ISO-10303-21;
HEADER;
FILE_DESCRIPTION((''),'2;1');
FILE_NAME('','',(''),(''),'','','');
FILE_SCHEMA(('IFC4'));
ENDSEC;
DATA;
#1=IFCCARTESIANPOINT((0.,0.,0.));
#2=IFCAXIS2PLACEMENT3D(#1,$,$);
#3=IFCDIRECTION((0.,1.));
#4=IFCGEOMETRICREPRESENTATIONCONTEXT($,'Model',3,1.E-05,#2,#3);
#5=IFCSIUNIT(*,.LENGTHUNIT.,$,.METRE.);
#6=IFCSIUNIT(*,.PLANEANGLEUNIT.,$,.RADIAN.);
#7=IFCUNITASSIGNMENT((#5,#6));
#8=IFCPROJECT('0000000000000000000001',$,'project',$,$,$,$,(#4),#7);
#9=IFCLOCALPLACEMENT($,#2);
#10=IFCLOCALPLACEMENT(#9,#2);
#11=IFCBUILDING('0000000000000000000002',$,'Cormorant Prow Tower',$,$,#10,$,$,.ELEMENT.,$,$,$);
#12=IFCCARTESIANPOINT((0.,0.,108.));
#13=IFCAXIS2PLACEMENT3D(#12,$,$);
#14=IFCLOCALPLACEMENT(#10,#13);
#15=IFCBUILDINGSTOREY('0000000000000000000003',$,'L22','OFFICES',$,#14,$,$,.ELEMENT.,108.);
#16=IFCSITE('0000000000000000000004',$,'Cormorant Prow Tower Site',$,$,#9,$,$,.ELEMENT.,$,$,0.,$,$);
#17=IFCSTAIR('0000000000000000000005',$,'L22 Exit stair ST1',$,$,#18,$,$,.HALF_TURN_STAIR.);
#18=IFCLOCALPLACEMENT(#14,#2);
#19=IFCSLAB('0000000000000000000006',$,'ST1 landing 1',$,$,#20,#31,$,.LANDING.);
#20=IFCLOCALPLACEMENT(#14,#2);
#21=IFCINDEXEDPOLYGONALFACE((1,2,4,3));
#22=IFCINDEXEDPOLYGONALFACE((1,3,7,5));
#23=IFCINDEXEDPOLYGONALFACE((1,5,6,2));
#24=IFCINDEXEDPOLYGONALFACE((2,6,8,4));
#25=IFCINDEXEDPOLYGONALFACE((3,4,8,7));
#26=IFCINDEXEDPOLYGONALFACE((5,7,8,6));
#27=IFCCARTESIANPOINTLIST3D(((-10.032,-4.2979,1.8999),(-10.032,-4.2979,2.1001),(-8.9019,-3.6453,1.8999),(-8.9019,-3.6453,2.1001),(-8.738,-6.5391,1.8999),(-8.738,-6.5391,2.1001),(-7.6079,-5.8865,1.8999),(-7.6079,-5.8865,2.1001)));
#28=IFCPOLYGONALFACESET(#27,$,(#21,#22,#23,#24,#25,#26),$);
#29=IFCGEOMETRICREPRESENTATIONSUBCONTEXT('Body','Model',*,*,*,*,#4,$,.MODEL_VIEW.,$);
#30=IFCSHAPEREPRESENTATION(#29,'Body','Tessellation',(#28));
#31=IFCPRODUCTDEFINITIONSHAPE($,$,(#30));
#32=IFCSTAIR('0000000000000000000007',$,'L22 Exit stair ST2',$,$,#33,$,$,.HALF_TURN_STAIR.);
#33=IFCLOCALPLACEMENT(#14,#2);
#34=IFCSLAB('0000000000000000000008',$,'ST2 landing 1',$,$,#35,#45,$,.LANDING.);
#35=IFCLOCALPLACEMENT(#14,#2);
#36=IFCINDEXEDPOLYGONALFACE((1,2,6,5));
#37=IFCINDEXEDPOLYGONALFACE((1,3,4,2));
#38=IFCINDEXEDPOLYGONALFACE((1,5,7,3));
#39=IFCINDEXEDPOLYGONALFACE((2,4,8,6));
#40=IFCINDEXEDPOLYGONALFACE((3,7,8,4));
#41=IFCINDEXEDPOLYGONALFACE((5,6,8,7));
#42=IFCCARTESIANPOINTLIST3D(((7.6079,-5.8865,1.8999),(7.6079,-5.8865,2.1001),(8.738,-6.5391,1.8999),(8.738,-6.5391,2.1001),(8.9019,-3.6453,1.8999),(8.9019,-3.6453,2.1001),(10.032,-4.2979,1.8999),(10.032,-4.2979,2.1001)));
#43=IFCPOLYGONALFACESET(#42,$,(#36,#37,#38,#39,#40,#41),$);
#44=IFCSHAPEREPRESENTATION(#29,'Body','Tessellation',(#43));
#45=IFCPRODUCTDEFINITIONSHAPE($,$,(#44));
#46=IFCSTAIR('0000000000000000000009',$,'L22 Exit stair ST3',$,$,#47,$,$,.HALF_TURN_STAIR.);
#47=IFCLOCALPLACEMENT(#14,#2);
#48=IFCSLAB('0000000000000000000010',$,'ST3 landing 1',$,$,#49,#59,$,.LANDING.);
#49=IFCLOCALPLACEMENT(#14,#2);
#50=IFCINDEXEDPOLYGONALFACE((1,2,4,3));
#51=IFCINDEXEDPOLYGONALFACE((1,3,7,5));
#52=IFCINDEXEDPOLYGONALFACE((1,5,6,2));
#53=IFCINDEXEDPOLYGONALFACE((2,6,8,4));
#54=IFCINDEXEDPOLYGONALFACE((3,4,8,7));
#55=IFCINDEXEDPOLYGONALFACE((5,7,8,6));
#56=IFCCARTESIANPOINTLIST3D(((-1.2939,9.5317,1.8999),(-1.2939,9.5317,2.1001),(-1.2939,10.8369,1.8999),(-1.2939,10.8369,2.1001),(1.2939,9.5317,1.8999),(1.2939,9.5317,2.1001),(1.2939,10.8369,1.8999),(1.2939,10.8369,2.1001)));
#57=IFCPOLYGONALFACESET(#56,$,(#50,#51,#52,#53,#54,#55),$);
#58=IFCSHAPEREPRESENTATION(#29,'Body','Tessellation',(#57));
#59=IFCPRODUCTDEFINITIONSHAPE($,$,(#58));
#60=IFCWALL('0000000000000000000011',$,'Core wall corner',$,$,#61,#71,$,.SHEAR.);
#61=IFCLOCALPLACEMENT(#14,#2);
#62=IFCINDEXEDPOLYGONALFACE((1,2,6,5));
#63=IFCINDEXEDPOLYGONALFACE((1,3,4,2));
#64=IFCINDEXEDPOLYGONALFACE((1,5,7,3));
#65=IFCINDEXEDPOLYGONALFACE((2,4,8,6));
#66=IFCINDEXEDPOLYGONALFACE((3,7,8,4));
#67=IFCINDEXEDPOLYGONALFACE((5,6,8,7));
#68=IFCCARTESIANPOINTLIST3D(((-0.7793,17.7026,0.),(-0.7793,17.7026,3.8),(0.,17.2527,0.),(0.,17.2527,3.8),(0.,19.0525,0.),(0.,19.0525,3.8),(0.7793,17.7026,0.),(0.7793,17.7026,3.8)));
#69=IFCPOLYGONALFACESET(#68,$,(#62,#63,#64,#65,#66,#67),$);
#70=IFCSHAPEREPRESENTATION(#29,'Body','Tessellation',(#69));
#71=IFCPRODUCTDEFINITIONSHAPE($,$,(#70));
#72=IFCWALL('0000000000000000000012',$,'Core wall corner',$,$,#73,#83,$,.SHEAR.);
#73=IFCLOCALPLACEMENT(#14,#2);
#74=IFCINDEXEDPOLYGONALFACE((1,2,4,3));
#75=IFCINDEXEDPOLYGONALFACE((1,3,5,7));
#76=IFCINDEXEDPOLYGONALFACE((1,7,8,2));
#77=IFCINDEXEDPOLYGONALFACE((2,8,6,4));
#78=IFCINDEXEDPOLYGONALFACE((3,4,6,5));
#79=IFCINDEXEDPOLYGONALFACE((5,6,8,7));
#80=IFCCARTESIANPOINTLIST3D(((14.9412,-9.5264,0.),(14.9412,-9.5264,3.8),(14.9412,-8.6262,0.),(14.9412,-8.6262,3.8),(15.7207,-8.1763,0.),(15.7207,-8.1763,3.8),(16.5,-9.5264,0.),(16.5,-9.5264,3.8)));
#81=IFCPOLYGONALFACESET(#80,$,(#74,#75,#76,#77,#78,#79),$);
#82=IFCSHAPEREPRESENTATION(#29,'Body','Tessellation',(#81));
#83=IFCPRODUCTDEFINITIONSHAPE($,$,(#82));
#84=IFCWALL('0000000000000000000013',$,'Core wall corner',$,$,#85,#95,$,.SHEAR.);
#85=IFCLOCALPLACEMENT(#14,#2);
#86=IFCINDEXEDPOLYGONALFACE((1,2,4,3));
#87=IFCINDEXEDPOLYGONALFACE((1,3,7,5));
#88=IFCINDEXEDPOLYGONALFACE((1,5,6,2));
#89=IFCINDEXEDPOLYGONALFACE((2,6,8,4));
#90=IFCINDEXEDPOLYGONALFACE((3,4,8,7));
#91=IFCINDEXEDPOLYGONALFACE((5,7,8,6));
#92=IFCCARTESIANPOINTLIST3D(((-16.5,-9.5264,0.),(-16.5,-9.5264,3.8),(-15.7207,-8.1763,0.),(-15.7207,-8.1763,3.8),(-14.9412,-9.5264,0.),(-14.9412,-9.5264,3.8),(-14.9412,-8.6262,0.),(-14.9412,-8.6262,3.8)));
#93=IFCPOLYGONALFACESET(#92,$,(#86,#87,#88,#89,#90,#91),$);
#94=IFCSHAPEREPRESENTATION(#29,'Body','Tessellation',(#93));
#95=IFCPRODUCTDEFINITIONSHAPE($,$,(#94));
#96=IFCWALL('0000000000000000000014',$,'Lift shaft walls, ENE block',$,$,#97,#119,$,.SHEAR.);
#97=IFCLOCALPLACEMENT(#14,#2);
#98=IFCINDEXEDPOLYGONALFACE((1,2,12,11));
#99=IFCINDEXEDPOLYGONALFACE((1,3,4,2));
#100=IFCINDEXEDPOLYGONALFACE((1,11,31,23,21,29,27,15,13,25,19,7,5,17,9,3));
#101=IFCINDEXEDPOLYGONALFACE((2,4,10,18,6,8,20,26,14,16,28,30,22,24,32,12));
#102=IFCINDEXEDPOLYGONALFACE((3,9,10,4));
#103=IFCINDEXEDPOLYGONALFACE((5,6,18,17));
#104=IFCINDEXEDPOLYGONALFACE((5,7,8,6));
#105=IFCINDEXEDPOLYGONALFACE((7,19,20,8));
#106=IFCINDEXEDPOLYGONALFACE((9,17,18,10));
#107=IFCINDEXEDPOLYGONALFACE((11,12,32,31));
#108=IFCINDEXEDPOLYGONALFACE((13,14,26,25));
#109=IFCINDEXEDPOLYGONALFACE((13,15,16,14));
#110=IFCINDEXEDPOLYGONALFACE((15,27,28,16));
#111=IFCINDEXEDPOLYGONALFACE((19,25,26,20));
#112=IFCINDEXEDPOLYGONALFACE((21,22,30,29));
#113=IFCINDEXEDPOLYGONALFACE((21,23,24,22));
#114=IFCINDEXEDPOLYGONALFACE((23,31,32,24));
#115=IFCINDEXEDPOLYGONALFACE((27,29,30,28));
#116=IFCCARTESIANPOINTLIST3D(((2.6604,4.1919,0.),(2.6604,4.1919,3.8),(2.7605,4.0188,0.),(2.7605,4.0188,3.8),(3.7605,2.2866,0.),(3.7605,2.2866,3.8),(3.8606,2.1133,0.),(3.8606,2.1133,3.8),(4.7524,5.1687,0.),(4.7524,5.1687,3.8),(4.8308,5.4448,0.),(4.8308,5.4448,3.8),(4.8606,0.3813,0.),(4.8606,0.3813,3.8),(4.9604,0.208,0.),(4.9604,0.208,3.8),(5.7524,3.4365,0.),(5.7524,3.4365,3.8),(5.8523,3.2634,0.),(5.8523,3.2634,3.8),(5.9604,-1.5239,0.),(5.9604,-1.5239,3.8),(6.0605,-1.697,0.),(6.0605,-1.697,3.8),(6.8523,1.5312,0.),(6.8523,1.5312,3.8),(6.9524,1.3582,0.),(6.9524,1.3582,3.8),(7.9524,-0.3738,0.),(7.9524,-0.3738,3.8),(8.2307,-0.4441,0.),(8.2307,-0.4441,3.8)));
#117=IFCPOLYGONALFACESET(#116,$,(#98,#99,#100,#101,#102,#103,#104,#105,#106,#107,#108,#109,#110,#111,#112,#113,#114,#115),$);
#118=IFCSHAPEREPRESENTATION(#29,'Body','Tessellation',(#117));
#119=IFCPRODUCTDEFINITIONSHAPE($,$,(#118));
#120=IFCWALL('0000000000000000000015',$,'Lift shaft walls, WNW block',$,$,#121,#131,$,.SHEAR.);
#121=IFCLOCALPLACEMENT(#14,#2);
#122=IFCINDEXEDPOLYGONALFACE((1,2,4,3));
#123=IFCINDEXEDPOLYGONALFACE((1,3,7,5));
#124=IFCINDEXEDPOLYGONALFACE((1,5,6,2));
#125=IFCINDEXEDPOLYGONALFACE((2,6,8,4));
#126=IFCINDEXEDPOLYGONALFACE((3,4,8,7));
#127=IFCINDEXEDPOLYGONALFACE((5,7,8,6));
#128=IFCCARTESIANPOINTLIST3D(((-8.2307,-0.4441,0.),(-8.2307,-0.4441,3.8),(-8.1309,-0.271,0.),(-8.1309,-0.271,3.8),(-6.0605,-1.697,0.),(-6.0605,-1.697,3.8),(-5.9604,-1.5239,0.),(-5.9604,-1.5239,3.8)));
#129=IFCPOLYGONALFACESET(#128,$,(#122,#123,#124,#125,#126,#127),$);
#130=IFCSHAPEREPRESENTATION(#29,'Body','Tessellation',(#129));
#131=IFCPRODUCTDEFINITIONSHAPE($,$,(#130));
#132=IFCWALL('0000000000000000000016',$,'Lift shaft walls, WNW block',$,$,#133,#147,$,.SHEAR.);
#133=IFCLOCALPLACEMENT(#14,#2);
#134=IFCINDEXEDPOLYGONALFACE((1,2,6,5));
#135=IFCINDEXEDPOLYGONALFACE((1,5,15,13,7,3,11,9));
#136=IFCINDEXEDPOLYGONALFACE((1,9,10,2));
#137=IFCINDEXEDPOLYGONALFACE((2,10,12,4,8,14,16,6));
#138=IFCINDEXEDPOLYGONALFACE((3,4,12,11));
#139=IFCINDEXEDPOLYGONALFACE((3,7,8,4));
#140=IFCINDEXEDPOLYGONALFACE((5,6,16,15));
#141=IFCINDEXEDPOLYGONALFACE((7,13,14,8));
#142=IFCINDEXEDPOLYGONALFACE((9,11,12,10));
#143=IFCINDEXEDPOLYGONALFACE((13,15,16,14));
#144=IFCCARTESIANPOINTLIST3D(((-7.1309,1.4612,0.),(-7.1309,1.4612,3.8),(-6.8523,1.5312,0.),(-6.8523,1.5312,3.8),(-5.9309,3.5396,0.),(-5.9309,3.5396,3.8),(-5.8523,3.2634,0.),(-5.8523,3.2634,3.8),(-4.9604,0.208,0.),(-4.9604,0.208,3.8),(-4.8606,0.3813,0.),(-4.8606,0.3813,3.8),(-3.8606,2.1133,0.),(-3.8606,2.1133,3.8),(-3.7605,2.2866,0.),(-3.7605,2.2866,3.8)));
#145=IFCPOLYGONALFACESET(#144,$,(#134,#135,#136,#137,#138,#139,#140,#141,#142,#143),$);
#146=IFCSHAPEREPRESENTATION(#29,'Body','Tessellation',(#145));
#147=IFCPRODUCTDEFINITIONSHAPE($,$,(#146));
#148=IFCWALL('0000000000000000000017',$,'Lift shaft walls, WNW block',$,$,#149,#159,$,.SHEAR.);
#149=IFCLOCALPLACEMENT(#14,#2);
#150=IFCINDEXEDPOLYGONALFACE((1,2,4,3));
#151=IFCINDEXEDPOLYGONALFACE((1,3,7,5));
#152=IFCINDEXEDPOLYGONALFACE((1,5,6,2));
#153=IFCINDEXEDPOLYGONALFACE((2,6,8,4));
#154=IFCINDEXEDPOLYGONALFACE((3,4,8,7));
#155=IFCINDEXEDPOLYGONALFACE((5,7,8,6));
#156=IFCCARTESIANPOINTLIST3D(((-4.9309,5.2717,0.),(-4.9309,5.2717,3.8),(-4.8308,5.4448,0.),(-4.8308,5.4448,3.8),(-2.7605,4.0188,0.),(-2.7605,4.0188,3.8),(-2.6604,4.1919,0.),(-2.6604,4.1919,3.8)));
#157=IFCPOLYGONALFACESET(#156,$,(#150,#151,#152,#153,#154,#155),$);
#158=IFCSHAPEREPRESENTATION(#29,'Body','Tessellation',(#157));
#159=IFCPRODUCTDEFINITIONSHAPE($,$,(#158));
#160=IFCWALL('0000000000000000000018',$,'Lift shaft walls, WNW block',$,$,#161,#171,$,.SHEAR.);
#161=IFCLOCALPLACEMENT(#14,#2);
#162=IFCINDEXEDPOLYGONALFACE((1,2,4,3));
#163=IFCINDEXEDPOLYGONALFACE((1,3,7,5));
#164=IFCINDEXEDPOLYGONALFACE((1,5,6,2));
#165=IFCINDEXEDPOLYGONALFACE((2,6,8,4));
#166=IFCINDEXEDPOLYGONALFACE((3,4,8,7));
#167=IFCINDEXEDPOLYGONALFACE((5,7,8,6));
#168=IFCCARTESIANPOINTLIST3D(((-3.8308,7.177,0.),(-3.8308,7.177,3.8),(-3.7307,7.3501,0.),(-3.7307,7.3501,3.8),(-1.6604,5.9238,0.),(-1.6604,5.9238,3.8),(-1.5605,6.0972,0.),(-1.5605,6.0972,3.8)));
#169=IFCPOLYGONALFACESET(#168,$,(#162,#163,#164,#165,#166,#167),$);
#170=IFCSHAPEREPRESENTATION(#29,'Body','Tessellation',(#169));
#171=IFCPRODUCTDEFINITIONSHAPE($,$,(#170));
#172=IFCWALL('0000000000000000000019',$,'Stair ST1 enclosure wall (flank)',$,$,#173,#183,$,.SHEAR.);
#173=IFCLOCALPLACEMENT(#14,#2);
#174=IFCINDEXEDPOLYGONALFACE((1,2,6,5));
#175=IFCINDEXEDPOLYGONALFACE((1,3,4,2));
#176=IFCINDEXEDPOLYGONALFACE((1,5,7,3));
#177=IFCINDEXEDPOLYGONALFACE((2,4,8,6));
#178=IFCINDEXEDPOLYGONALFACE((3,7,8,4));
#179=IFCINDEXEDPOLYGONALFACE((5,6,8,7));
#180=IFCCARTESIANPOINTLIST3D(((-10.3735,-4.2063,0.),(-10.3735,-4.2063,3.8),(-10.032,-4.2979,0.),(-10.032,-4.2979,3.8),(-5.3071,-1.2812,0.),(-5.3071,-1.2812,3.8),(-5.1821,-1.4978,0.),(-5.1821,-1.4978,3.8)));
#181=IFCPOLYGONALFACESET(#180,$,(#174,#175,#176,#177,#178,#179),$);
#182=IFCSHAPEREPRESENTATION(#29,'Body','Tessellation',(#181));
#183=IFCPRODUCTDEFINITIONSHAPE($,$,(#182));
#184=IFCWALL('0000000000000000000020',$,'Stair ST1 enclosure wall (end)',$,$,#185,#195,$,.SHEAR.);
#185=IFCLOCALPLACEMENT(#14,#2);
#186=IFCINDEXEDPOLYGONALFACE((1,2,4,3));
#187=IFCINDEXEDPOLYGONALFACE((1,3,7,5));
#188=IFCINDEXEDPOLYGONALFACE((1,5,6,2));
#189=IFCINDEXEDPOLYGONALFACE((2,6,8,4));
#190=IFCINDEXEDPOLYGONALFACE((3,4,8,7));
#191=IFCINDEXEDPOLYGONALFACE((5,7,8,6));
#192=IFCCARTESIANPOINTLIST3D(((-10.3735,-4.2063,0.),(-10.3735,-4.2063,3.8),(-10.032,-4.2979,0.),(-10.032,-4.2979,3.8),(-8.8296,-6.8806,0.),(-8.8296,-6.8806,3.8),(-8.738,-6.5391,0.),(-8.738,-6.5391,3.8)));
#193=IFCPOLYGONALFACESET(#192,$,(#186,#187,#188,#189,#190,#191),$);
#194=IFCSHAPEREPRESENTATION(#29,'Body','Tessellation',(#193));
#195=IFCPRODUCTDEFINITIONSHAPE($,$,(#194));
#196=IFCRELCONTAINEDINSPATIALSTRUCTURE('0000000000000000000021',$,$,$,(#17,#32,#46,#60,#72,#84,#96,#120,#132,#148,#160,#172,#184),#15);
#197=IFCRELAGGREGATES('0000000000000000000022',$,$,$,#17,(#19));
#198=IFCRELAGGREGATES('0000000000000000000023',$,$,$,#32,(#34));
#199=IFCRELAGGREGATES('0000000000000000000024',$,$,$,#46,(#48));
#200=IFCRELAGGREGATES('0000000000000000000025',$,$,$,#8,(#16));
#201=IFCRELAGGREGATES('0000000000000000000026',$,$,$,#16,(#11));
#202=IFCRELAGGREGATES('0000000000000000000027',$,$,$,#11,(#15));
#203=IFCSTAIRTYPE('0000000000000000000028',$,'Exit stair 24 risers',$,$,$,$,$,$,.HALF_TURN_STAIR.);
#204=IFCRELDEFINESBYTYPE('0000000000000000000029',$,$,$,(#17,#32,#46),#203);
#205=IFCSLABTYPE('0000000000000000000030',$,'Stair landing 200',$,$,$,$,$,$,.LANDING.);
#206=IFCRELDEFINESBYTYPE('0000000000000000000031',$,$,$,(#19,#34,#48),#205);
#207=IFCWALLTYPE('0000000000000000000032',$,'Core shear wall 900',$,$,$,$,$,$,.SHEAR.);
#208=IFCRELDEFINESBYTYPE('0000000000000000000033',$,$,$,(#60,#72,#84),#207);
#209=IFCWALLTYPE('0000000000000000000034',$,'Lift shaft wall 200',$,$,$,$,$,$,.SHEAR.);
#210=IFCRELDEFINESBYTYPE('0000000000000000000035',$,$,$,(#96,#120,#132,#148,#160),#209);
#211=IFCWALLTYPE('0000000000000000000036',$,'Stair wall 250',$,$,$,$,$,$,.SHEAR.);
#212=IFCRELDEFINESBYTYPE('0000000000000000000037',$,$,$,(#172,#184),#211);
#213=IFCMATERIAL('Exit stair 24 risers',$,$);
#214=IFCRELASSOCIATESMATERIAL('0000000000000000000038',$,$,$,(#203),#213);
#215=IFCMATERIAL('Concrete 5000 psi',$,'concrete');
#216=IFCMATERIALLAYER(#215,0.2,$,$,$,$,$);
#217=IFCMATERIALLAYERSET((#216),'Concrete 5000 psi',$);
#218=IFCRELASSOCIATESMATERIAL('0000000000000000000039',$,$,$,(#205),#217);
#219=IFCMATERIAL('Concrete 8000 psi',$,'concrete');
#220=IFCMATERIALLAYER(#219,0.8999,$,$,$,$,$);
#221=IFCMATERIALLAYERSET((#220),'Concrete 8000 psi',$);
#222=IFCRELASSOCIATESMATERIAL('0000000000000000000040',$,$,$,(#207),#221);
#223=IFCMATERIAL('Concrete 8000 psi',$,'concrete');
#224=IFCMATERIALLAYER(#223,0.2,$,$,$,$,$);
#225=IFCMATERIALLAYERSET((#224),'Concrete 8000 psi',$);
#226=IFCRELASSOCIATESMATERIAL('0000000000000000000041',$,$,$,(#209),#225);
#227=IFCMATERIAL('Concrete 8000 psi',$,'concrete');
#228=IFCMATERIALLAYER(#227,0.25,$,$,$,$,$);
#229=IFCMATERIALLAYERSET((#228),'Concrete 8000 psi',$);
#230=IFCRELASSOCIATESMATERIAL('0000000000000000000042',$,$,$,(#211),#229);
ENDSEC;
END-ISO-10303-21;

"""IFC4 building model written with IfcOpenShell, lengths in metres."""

from ifc_helpers import new_model, si_unit, direction, frame, origin, place, context, subcontext, project, spatial, polyline, outline, extrude, material, layer, layer_set, type_object, element, aggregate, save


model = new_model("IFC4")

# Units and contexts
model_context = context("Model", 3, precision=1e-05, world=origin(), true_north=direction((0.0, 1.0)))
body_context = subcontext(model_context, "Body", "Model", "MODEL_VIEW")
ifc_project = project(units=[si_unit("LENGTHUNIT", "METRE"), si_unit("PLANEANGLEUNIT", "RADIAN")], contexts=[model_context])

# Site, building, storey
site_placement = place(None, origin())
site = spatial("IfcSite", under=ifc_project, at=site_placement, Name="Cormorant Prow Tower Site", CompositionType="ELEMENT", RefElevation=0.0)
building_placement = place(site_placement, origin())
building = spatial("IfcBuilding", under=site, at=building_placement, Name="Cormorant Prow Tower", CompositionType="ELEMENT")
storey_placement = place(building_placement, frame((0.0, 0.0, 108.0)))
storey = spatial("IfcBuildingStorey", under=building, at=storey_placement, Name="L22", Description="OFFICES", CompositionType="ELEMENT", Elevation=108.0)

# Stairs, slabs
ifc_material_1 = material(Name="Exit stair 24 risers")
stair_type = type_object("IfcStairType", Name="Exit stair 24 risers", PredefinedType="HALF_TURN_STAIR", material=ifc_material_1)
stair_1_placement = place(storey_placement, origin())
stair_1 = element("IfcStair", 1, at=stair_1_placement, inside=storey, type_object=stair_type, Name="L22 Exit stair ST1", PredefinedType="HALF_TURN_STAIR")
ifc_material_2 = material(Name="Concrete 5000 psi", Category="concrete")
ifc_layer_1 = layer(ifc_material_2, 0.2)
ifc_layer_set_1 = layer_set([ifc_layer_1], Name="Concrete 5000 psi")
slab_type = type_object("IfcSlabType", Name="Stair landing 200", PredefinedType="LANDING", material=ifc_layer_set_1)
slab_1_placement = place(storey_placement, frame((0.0, 0.0, 1.8999)))
slab_1 = element("IfcSlab", 2, at=slab_1_placement, type_object=slab_type, Name="ST1 landing 1", PredefinedType="LANDING", context=body_context, shape_type="SweptSolid", body=[
    extrude(outline(polyline([(-8.9019, -3.6453), (-10.032, -4.2979), (-8.738, -6.5391), (-7.6079, -5.8865), (-8.9019, -3.6453)])), origin(), (0.0, 0.0, 1.0), 0.2002),
])
aggregate(stair_1, [slab_1])
stair_2_placement = place(storey_placement, origin())
stair_2 = element("IfcStair", 3, at=stair_2_placement, inside=storey, type_object=stair_type, Name="L22 Exit stair ST2", PredefinedType="HALF_TURN_STAIR")
slab_2_placement = place(storey_placement, frame((0.0, 0.0, 1.8999)))
slab_2 = element("IfcSlab", 4, at=slab_2_placement, type_object=slab_type, Name="ST2 landing 1", PredefinedType="LANDING", context=body_context, shape_type="SweptSolid", body=[
    extrude(outline(polyline([(7.6079, -5.8865), (8.738, -6.5391), (10.032, -4.2979), (8.9019, -3.6453), (7.6079, -5.8865)])), origin(), (0.0, 0.0, 1.0), 0.2002),
])
aggregate(stair_2, [slab_2])
stair_3_placement = place(storey_placement, origin())
stair_3 = element("IfcStair", 5, at=stair_3_placement, inside=storey, type_object=stair_type, Name="L22 Exit stair ST3", PredefinedType="HALF_TURN_STAIR")
slab_3_placement = place(storey_placement, frame((0.0, 0.0, 1.8999)))
slab_3 = element("IfcSlab", 6, at=slab_3_placement, type_object=slab_type, Name="ST3 landing 1", PredefinedType="LANDING", context=body_context, shape_type="SweptSolid", body=[
    extrude(outline(polyline([(1.2939, 9.5317), (1.2939, 10.8369), (-1.2939, 10.8369), (-1.2939, 9.5317), (1.2939, 9.5317)])), origin(), (0.0, 0.0, 1.0), 0.2002),
])
aggregate(stair_3, [slab_3])

# Walls
ifc_material_3 = material(Name="Concrete 8000 psi", Category="concrete")
ifc_layer_2 = layer(ifc_material_3, 0.8999)
ifc_layer_set_2 = layer_set([ifc_layer_2], Name="Concrete 8000 psi")
wall_type_1 = type_object("IfcWallType", Name="Core shear wall 900", PredefinedType="SHEAR", material=ifc_layer_set_2)
wall_1_placement = place(storey_placement, origin())
element("IfcWall", 7, at=wall_1_placement, inside=storey, type_object=wall_type_1, Name="Core wall corner", PredefinedType="SHEAR", context=body_context, shape_type="SweptSolid", body=[
    extrude(outline(polyline([(-0.7793, 17.7026), (0.0, 19.0525), (0.7793, 17.7026), (0.0, 17.2527), (-0.7793, 17.7026)])), origin(), (0.0, 0.0, 1.0), 3.8),
])
wall_2_placement = place(storey_placement, origin())
element("IfcWall", 8, at=wall_2_placement, inside=storey, type_object=wall_type_1, Name="Core wall corner", PredefinedType="SHEAR", context=body_context, shape_type="SweptSolid", body=[
    extrude(outline(polyline([(14.9412, -8.6262), (15.7207, -8.1763), (16.5, -9.5264), (14.9412, -9.5264), (14.9412, -8.6262)])), origin(), (0.0, 0.0, 1.0), 3.8),
])
wall_3_placement = place(storey_placement, origin())
element("IfcWall", 9, at=wall_3_placement, inside=storey, type_object=wall_type_1, Name="Core wall corner", PredefinedType="SHEAR", context=body_context, shape_type="SweptSolid", body=[
    extrude(outline(polyline([(-14.9412, -8.6262), (-14.9412, -9.5264), (-16.5, -9.5264), (-15.7207, -8.1763), (-14.9412, -8.6262)])), origin(), (0.0, 0.0, 1.0), 3.8),
])
ifc_material_4 = material(Name="Concrete 8000 psi", Category="concrete")
ifc_layer_3 = layer(ifc_material_4, 0.2)
ifc_layer_set_3 = layer_set([ifc_layer_3], Name="Concrete 8000 psi")
wall_type_2 = type_object("IfcWallType", Name="Lift shaft wall 200", PredefinedType="SHEAR", material=ifc_layer_set_3)
wall_4_placement = place(storey_placement, origin())
element("IfcWall", 10, at=wall_4_placement, inside=storey, type_object=wall_type_2, Name="Lift shaft walls, ENE block", PredefinedType="SHEAR", context=body_context, shape_type="SweptSolid", body=[
    extrude(outline(polyline([(2.6604, 4.1919), (4.8308, 5.4448), (8.2307, -0.4441), (6.0605, -1.697), (5.9604, -1.5239), (7.9524, -0.3738), (6.9524, 1.3582), (4.9604, 0.208), (4.8606, 0.3813), (6.8523, 1.5312), (5.8523, 3.2634), (3.8606, 2.1133), (3.7605, 2.2866), (5.7524, 3.4365), (4.7524, 5.1687), (2.7605, 4.0188), (2.6604, 4.1919)])), origin(), (0.0, 0.0, 1.0), 3.8),
])
wall_5_placement = place(storey_placement, origin())
element("IfcWall", 11, at=wall_5_placement, inside=storey, type_object=wall_type_2, Name="Lift shaft walls, WNW block", PredefinedType="SHEAR", context=body_context, shape_type="SweptSolid", body=[
    extrude(outline(polyline([(-6.0605, -1.697), (-8.2307, -0.4441), (-8.1309, -0.271), (-5.9604, -1.5239), (-6.0605, -1.697)])), origin(), (0.0, 0.0, 1.0), 3.8),
])
wall_6_placement = place(storey_placement, origin())
element("IfcWall", 12, at=wall_6_placement, inside=storey, type_object=wall_type_2, Name="Lift shaft walls, WNW block", PredefinedType="SHEAR", context=body_context, shape_type="SweptSolid", body=[
    extrude(outline(polyline([(-4.9604, 0.208), (-7.1309, 1.4612), (-5.9309, 3.5396), (-3.7605, 2.2866), (-3.8606, 2.1133), (-5.8523, 3.2634), (-6.8523, 1.5312), (-4.8606, 0.3813), (-4.9604, 0.208)])), origin(), (0.0, 0.0, 1.0), 3.8),
])
wall_7_placement = place(storey_placement, origin())
element("IfcWall", 13, at=wall_7_placement, inside=storey, type_object=wall_type_2, Name="Lift shaft walls, WNW block", PredefinedType="SHEAR", context=body_context, shape_type="SweptSolid", body=[
    extrude(outline(polyline([(-2.7605, 4.0188), (-4.9309, 5.2717), (-4.8308, 5.4448), (-2.6604, 4.1919), (-2.7605, 4.0188)])), origin(), (0.0, 0.0, 1.0), 3.8),
])
wall_8_placement = place(storey_placement, origin())
element("IfcWall", 14, at=wall_8_placement, inside=storey, type_object=wall_type_2, Name="Lift shaft walls, WNW block", PredefinedType="SHEAR", context=body_context, shape_type="SweptSolid", body=[
    extrude(outline(polyline([(-3.7307, 7.3501), (-1.5605, 6.0972), (-1.6604, 5.9238), (-3.8308, 7.177), (-3.7307, 7.3501)])), origin(), (0.0, 0.0, 1.0), 3.8),
])
ifc_material_5 = material(Name="Concrete 8000 psi", Category="concrete")
ifc_layer_4 = layer(ifc_material_5, 0.25)
ifc_layer_set_4 = layer_set([ifc_layer_4], Name="Concrete 8000 psi")
wall_type_3 = type_object("IfcWallType", Name="Stair wall 250", PredefinedType="SHEAR", material=ifc_layer_set_4)
wall_9_placement = place(storey_placement, origin())
element("IfcWall", 15, at=wall_9_placement, inside=storey, type_object=wall_type_3, Name="Stair ST1 enclosure wall (flank)", PredefinedType="SHEAR", context=body_context, shape_type="SweptSolid", body=[
    extrude(outline(polyline([(-5.3071, -1.2812), (-10.3735, -4.2063), (-10.032, -4.2979), (-5.1821, -1.4978), (-5.3071, -1.2812)])), origin(), (0.0, 0.0, 1.0), 3.8),
])
wall_10_placement = place(storey_placement, origin())
element("IfcWall", 16, at=wall_10_placement, inside=storey, type_object=wall_type_3, Name="Stair ST1 enclosure wall (end)", PredefinedType="SHEAR", context=body_context, shape_type="SweptSolid", body=[
    extrude(outline(polyline([(-10.3735, -4.2063), (-8.8296, -6.8806), (-8.738, -6.5391), (-10.032, -4.2979), (-10.3735, -4.2063)])), origin(), (0.0, 0.0, 1.0), 3.8),
])

save(model, "model.ifc")
